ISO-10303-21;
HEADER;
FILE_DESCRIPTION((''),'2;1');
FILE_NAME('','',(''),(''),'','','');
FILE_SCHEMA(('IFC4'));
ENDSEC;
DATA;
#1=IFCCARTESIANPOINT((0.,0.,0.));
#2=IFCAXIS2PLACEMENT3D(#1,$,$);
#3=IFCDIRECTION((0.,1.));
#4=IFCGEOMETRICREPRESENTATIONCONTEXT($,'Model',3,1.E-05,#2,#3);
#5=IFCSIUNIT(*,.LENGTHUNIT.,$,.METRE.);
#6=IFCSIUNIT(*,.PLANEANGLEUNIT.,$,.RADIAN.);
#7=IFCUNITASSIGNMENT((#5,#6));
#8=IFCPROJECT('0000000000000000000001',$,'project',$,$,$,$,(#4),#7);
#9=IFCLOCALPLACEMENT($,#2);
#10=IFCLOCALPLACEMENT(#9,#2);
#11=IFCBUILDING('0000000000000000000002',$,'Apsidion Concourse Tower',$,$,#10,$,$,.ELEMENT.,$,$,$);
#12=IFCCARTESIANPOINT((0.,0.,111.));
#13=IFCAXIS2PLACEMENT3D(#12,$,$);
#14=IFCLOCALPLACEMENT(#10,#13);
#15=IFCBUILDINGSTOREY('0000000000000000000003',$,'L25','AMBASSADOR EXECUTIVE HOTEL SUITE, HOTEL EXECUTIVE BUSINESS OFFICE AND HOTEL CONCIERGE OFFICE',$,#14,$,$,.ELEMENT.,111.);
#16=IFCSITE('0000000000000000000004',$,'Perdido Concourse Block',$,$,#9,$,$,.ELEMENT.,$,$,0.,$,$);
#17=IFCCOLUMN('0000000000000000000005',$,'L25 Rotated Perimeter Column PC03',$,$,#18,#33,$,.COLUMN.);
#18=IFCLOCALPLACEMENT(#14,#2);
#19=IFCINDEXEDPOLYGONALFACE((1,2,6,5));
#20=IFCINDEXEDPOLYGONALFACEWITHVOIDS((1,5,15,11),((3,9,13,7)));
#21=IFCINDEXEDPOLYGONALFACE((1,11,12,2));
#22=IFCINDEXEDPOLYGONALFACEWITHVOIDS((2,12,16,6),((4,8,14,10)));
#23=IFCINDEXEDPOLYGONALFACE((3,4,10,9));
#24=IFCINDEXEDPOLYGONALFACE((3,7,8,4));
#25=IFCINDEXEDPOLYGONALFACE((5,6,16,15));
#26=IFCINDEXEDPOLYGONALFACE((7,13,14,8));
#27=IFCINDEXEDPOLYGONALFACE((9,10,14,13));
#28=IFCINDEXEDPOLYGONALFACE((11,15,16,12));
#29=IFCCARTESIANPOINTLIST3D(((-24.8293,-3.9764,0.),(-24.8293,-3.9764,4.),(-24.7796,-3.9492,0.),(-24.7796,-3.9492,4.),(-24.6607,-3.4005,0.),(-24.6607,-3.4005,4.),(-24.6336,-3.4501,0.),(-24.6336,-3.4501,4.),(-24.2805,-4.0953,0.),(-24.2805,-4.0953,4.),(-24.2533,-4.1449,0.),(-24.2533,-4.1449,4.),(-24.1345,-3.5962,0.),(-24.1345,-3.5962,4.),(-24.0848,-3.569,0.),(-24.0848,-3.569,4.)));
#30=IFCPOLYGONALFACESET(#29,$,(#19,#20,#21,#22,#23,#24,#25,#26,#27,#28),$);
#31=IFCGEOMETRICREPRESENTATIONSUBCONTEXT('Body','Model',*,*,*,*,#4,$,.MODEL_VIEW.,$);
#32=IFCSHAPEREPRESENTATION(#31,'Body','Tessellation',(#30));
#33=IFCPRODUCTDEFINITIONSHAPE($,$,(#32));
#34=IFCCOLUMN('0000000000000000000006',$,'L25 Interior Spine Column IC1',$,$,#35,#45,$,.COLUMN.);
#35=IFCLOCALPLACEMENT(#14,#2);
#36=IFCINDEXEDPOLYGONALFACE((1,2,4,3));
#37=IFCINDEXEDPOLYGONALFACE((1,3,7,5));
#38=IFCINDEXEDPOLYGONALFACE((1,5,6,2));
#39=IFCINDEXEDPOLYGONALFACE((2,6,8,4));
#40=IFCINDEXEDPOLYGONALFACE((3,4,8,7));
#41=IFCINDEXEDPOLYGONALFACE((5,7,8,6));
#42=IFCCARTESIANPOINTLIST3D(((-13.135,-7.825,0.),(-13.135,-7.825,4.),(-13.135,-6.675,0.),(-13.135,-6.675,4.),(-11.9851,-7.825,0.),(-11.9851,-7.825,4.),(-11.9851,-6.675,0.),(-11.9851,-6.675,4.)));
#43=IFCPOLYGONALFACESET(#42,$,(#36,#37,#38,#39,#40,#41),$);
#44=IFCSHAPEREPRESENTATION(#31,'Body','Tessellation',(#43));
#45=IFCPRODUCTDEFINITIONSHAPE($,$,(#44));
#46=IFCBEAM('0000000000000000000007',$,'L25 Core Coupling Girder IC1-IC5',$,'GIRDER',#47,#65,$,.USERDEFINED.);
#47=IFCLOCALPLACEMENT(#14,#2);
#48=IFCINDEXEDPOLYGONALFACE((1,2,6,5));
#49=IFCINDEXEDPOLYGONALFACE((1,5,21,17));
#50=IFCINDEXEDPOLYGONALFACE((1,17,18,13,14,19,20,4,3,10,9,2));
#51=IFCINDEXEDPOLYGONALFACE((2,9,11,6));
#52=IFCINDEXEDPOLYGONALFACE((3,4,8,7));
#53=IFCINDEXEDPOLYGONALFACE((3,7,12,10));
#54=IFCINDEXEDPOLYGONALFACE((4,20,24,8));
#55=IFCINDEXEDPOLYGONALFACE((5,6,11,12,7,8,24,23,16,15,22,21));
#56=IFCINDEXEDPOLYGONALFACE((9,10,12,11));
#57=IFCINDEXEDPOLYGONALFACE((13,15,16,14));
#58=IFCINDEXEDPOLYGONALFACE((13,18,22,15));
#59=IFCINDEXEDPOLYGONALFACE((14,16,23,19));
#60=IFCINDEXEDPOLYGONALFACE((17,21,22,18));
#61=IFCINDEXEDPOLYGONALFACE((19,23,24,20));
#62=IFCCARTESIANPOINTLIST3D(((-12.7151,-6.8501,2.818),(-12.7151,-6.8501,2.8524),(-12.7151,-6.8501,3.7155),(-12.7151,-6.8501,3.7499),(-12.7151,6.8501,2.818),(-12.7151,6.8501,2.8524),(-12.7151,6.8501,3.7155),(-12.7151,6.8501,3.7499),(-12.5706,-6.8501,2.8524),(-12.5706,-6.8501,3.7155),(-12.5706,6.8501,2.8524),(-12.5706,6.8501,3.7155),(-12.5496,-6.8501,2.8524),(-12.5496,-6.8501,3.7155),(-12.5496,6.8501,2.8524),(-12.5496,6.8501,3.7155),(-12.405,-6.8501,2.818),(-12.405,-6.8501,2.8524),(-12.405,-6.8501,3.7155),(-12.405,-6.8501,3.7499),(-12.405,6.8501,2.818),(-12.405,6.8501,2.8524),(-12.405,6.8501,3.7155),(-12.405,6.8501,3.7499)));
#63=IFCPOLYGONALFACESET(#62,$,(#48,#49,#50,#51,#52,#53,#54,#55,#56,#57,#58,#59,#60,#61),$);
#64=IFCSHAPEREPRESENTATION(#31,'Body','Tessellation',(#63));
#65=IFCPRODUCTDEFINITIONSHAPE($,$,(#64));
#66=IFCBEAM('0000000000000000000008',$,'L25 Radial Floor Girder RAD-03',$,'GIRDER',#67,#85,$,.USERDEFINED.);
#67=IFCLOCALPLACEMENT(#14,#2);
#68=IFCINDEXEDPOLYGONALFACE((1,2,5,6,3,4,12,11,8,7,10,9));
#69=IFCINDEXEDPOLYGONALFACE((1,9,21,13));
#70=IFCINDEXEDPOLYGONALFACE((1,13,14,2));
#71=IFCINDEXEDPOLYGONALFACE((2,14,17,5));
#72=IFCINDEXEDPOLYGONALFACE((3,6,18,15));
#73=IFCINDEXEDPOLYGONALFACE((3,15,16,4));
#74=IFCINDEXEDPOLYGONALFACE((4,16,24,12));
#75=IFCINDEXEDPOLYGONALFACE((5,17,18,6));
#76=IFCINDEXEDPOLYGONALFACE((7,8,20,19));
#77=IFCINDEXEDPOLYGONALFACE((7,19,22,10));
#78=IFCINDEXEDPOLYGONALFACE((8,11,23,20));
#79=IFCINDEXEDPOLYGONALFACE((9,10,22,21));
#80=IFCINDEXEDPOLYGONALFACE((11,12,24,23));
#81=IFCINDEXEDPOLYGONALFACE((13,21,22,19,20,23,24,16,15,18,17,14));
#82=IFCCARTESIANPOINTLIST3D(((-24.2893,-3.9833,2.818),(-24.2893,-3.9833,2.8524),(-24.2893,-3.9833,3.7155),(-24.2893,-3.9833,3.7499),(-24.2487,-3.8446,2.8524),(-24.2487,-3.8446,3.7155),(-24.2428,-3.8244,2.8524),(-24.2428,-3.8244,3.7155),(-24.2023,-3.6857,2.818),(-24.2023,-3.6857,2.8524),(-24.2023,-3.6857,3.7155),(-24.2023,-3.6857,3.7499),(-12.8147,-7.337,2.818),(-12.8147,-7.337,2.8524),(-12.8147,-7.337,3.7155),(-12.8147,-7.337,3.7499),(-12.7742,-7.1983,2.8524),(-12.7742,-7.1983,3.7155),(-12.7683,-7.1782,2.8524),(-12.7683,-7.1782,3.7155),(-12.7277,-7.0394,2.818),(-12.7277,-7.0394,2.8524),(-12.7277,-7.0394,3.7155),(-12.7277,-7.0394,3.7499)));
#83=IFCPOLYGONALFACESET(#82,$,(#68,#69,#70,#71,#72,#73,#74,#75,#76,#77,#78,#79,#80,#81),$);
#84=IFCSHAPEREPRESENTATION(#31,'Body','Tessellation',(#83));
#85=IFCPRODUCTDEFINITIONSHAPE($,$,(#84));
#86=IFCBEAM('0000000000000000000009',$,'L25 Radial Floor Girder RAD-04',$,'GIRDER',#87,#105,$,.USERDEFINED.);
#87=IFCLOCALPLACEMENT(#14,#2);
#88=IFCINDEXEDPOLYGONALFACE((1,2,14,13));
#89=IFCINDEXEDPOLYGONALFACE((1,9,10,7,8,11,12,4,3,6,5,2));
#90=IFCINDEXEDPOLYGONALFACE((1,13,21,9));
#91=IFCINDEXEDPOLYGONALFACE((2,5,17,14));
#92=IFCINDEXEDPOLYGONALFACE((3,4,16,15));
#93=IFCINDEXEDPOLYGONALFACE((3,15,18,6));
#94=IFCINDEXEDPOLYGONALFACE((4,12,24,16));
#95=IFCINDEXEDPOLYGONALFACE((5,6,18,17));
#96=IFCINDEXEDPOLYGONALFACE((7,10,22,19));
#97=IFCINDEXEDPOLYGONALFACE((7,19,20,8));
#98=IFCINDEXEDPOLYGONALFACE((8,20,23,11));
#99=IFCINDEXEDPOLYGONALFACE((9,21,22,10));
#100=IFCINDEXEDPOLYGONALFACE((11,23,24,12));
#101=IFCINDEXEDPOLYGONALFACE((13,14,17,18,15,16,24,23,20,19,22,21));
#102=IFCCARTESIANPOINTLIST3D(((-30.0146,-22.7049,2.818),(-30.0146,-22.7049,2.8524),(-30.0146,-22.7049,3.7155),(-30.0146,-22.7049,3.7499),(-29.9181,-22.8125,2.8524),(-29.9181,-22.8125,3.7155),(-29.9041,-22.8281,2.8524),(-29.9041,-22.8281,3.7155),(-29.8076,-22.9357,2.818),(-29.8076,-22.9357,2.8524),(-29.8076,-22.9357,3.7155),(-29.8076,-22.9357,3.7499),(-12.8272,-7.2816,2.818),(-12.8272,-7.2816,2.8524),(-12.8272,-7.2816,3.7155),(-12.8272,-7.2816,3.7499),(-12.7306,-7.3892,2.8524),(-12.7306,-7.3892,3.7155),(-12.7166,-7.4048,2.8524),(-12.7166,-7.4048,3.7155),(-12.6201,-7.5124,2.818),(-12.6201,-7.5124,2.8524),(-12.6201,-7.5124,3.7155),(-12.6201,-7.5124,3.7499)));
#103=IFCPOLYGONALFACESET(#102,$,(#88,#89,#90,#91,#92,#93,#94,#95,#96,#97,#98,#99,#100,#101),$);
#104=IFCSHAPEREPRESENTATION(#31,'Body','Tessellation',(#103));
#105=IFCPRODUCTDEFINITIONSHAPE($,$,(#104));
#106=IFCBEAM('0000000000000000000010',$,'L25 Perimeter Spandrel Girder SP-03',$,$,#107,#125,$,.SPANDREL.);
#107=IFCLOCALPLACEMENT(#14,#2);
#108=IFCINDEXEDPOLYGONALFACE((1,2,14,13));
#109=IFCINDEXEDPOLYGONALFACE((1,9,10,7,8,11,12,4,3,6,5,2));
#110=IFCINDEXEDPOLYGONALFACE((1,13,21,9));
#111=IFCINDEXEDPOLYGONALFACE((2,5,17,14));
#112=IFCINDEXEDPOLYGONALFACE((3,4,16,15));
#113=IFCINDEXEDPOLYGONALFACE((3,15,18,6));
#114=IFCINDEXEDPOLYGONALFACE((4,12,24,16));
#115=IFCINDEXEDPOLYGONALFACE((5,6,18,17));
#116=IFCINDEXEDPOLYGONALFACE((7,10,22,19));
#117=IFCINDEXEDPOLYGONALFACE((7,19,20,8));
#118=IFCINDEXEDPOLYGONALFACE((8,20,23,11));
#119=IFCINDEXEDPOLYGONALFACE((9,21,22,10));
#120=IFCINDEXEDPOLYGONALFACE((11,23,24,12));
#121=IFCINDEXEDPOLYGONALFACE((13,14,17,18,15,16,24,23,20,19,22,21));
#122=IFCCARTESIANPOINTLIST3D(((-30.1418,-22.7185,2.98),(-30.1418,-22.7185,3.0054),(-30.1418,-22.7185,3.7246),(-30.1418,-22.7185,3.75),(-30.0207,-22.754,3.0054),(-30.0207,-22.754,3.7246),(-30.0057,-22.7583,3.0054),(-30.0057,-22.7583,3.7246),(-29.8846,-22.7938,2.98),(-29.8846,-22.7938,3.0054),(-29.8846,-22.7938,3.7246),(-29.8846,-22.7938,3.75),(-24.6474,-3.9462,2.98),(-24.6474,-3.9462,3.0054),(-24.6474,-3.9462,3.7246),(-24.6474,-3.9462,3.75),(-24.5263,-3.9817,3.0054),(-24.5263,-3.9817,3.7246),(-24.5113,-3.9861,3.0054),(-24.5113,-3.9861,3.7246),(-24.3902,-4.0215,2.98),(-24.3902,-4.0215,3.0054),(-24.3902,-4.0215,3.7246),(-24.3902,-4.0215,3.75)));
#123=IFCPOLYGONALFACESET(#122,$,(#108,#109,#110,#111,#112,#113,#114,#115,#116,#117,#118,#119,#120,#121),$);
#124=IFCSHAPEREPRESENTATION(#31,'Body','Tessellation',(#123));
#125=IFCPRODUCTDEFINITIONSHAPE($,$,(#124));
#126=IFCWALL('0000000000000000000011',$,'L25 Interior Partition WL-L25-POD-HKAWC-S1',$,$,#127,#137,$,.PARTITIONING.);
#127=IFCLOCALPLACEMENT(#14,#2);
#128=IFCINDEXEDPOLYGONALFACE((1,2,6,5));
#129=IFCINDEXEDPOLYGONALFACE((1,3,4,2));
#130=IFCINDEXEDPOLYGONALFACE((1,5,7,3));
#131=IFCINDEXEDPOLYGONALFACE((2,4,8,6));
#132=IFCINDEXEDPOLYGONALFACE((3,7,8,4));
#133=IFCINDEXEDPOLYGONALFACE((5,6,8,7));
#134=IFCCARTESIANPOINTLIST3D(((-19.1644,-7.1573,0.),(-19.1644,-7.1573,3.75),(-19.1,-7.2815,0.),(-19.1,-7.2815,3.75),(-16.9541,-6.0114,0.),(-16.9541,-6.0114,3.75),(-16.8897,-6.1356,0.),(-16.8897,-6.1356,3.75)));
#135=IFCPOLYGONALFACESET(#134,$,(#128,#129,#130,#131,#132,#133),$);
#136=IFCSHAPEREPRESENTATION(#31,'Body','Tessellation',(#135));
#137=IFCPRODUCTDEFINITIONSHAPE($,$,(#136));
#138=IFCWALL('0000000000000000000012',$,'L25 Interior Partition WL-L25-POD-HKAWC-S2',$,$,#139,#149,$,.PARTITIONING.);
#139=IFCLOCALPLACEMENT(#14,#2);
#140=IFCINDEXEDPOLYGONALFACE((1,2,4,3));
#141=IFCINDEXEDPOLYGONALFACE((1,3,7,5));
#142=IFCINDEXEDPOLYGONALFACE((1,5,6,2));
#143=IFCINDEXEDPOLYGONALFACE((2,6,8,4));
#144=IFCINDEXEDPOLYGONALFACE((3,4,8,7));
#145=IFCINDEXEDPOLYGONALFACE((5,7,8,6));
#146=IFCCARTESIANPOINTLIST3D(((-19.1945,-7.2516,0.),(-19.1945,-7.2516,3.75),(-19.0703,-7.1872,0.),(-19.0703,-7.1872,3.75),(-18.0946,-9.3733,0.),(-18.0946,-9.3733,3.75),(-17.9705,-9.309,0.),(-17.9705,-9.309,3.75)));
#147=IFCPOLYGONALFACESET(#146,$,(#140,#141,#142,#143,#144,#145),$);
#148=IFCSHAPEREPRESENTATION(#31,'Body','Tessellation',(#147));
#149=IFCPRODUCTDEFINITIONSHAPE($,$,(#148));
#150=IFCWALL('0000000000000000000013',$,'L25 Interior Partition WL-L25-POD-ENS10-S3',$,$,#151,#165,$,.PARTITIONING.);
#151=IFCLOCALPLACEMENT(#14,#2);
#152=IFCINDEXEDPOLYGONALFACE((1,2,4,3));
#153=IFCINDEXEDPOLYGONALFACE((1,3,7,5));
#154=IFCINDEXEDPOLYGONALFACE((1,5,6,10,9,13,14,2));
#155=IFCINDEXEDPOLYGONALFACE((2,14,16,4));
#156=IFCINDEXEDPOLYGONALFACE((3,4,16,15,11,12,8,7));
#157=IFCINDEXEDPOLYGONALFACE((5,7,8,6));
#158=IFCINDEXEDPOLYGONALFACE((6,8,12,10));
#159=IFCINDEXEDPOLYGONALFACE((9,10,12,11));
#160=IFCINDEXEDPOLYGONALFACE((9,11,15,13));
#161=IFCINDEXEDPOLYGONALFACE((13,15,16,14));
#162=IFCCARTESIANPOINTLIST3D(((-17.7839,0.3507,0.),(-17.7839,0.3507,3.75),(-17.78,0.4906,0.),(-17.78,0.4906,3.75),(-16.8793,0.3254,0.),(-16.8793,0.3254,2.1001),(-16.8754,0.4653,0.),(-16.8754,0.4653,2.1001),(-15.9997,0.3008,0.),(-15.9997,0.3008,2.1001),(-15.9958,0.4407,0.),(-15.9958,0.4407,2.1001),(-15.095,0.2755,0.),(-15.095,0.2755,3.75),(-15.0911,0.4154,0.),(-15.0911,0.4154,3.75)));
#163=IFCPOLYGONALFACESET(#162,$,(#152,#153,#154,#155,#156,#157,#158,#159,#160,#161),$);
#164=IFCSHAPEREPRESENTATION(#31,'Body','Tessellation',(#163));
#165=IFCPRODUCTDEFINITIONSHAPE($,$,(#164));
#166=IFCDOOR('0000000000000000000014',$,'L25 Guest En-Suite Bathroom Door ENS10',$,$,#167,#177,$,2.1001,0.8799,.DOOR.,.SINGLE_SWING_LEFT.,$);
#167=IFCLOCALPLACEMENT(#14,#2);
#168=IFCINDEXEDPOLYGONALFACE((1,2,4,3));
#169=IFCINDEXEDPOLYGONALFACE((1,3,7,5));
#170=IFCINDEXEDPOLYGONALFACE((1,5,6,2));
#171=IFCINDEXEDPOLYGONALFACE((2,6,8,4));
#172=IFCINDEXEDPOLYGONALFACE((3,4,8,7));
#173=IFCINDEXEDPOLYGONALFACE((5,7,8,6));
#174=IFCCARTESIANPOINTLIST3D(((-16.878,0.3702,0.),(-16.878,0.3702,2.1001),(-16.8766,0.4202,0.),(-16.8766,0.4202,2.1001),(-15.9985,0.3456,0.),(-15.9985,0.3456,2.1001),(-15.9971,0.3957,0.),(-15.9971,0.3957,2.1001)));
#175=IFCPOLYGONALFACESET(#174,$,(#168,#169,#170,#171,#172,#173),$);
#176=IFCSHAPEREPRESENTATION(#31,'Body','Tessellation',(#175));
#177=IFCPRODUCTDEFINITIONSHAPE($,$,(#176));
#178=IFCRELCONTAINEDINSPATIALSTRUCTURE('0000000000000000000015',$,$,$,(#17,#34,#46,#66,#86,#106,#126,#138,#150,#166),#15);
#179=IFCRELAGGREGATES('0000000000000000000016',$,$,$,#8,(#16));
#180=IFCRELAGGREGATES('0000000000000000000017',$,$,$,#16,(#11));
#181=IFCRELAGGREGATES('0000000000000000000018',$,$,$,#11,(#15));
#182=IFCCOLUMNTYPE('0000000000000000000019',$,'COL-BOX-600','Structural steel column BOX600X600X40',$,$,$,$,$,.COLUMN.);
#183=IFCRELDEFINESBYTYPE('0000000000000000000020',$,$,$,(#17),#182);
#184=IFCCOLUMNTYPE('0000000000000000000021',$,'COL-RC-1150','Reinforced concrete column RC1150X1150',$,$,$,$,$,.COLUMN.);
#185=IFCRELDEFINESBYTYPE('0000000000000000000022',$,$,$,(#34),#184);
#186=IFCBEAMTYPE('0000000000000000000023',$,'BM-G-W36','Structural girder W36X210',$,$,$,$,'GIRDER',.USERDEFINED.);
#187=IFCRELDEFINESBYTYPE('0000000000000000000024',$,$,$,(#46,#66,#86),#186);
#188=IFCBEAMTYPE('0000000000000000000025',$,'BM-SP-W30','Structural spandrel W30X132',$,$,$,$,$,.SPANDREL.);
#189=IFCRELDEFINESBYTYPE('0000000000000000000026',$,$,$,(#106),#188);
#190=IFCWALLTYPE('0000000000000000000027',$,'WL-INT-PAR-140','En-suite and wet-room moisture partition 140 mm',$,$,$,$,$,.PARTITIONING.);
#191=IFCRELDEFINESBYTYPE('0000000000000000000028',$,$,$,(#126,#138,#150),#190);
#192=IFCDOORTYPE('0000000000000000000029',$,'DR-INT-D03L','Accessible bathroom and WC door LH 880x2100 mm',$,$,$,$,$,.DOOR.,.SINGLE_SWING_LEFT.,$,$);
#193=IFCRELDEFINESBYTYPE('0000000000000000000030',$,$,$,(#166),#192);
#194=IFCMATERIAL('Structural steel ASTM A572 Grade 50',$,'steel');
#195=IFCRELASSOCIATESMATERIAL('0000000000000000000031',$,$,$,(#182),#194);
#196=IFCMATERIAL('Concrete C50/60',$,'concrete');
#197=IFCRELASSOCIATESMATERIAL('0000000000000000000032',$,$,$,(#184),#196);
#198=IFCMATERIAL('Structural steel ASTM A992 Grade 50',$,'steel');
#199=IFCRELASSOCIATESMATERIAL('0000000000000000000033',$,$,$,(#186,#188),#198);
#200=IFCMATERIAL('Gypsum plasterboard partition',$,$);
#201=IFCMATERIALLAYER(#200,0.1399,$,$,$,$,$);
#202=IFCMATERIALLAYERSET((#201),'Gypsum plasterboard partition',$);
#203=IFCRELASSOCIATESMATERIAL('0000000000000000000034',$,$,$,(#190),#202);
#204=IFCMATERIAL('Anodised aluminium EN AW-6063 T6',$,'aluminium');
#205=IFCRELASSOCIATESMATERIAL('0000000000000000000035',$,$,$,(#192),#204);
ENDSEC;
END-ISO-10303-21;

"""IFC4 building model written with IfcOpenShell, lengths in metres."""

from ifc_helpers import new_model, si_unit, direction, frame, frame_2d, origin, origin_2d, place, context, subcontext, project, spatial, rectangle, hollow_rectangle, i_section, extrude, material, layer, layer_set, material_profile, profile_set, type_object, element, fill, save


model = new_model("IFC4")

# Units and contexts
model_context = context("Model", 3, precision=1e-05, world=origin(), true_north=direction((0.0, 1.0)))
body_context = subcontext(model_context, "Body", "Model", "MODEL_VIEW")
ifc_project = project(units=[si_unit("LENGTHUNIT", "METRE"), si_unit("PLANEANGLEUNIT", "RADIAN")], contexts=[model_context])

# Site, building, storey
site_placement = place(None, origin())
site = spatial("IfcSite", under=ifc_project, at=site_placement, Name="Perdido Concourse Block", CompositionType="ELEMENT", RefElevation=0.0)
building_placement = place(site_placement, origin())
building = spatial("IfcBuilding", under=site, at=building_placement, Name="Apsidion Concourse Tower", CompositionType="ELEMENT")
storey_placement = place(building_placement, frame((0.0, 0.0, 111.0)))
storey = spatial("IfcBuildingStorey", under=building, at=storey_placement, Name="L25", Description="AMBASSADOR EXECUTIVE HOTEL SUITE, HOTEL EXECUTIVE BUSINESS OFFICE AND HOTEL CONCIERGE OFFICE", CompositionType="ELEMENT", Elevation=111.0)

# Columns
ifc_material_1 = material(Name="Structural steel ASTM A572 Grade 50", Category="steel")
ifc_material_profile_1 = material_profile(ifc_material_1, hollow_rectangle(XDim=0.6001, YDim=0.6001, WallThickness=0.04, at=origin_2d()), Name="BOX600X600X40")
ifc_profile_set_1 = profile_set([ifc_material_profile_1], Name="Structural steel ASTM A572 Grade 50")
column_type_1 = type_object("IfcColumnType", Name="COL-BOX-600", Description="Structural steel column BOX600X600X40", PredefinedType="COLUMN", material=ifc_profile_set_1)
column_1_placement = place(storey_placement, frame((-24.457, -3.7727, 0.0), z_axis=(0.0, 0.0, 1.0), x_axis=(0.280834, 0.959756, 0.0)))
element("IfcColumn", 1, at=column_1_placement, inside=storey, type_object=column_type_1, Name="L25 Rotated Perimeter Column PC03", PredefinedType="COLUMN", context=body_context, shape_type="SweptSolid", body=[
    extrude(hollow_rectangle(XDim=0.6001, YDim=0.6001, WallThickness=0.04, at=origin_2d()), origin(), (0.0, 0.0, 1.0), 4.0),
])
ifc_material_2 = material(Name="Concrete C50/60", Category="concrete")
ifc_material_profile_2 = material_profile(ifc_material_2, rectangle(XDim=1.1499, YDim=1.1499, at=origin_2d()), Name="RC 1150x1150")
ifc_profile_set_2 = profile_set([ifc_material_profile_2], Name="Concrete C50/60")
column_type_2 = type_object("IfcColumnType", Name="COL-RC-1150", Description="Reinforced concrete column RC1150X1150", PredefinedType="COLUMN", material=ifc_profile_set_2)
column_2_placement = place(storey_placement, frame((-12.5601, -7.25, 0.0), z_axis=(0.0, 0.0, 1.0), x_axis=(1.0, 0.0, 0.0)))
element("IfcColumn", 2, at=column_2_placement, inside=storey, type_object=column_type_2, Name="L25 Interior Spine Column IC1", PredefinedType="COLUMN", context=body_context, shape_type="SweptSolid", body=[
    extrude(rectangle(XDim=1.1499, YDim=1.1499, at=origin_2d()), origin(), (0.0, 0.0, 1.0), 4.0),
])

# Beams
ifc_material_3 = material(Name="Structural steel ASTM A992 Grade 50", Category="steel")
ifc_material_profile_3 = material_profile(ifc_material_3, i_section(OverallWidth=0.3101, OverallDepth=0.9319, WebThickness=0.021, FlangeThickness=0.0344, at=origin_2d()), Name="W36X210")
ifc_profile_set_3 = profile_set([ifc_material_profile_3], Name="Structural steel ASTM A992 Grade 50")
beam_type_1 = type_object("IfcBeamType", Name="BM-G-W36", Description="Structural girder W36X210", ElementType="GIRDER", PredefinedType="USERDEFINED", material=ifc_profile_set_3)
beam_1_placement = place(storey_placement, frame((-12.5601, -6.8501, 3.2839), z_axis=(0.0, 1.0, 0.0), x_axis=(-1.0, 0.0, 0.0)))
element("IfcBeam", 3, at=beam_1_placement, inside=storey, type_object=beam_type_1, Name="L25 Core Coupling Girder IC1-IC5", ObjectType="GIRDER", PredefinedType="USERDEFINED", context=body_context, shape_type="SweptSolid", body=[
    extrude(i_section(OverallWidth=0.3101, OverallDepth=0.9319, WebThickness=0.021, FlangeThickness=0.0344, at=origin_2d()), origin(), (0.0, 0.0, 1.0), 13.7002),
])
beam_2_placement = place(storey_placement, frame((-12.7712, -7.1882, 3.2839), z_axis=(-0.959842, 0.280539, 0.0), x_axis=(-0.280539, -0.959842, 0.0)))
element("IfcBeam", 4, at=beam_2_placement, inside=storey, type_object=beam_type_1, Name="L25 Radial Floor Girder RAD-03", ObjectType="GIRDER", PredefinedType="USERDEFINED", context=body_context, shape_type="SweptSolid", body=[
    extrude(i_section(OverallWidth=0.3101, OverallDepth=0.9319, WebThickness=0.021, FlangeThickness=0.0344, at=origin_2d()), origin(), (0.0, 0.0, 1.0), 11.9546),
])
beam_3_placement = place(storey_placement, frame((-12.7236, -7.397, 3.2839), z_axis=(-0.744271, -0.667878, 0.0), x_axis=(0.667878, -0.744271, 0.0)))
element("IfcBeam", 5, at=beam_3_placement, inside=storey, type_object=beam_type_1, Name="L25 Radial Floor Girder RAD-04", ObjectType="GIRDER", PredefinedType="USERDEFINED", context=body_context, shape_type="SweptSolid", body=[
    extrude(i_section(OverallWidth=0.3101, OverallDepth=0.9319, WebThickness=0.021, FlangeThickness=0.0344, at=origin_2d()), origin(), (0.0, 0.0, 1.0), 23.093),
])
ifc_material_profile_4 = material_profile(ifc_material_3, i_section(OverallWidth=0.2681, OverallDepth=0.77, WebThickness=0.0156, FlangeThickness=0.0254, at=origin_2d()), Name="W30X132")
ifc_profile_set_4 = profile_set([ifc_material_profile_4], Name="Structural steel ASTM A992 Grade 50")
beam_type_2 = type_object("IfcBeamType", Name="BM-SP-W30", Description="Structural spandrel W30X132", PredefinedType="SPANDREL", material=ifc_profile_set_4)
beam_4_placement = place(storey_placement, frame((-24.5188, -3.9839, 3.365), z_axis=(-0.280902, -0.959736, 0.0), x_axis=(0.959736, -0.280902, 0.0)))
element("IfcBeam", 6, at=beam_4_placement, inside=storey, type_object=beam_type_2, Name="L25 Perimeter Spandrel Girder SP-03", PredefinedType="SPANDREL", context=body_context, shape_type="SweptSolid", body=[
    extrude(i_section(OverallWidth=0.2681, OverallDepth=0.77, WebThickness=0.0156, FlangeThickness=0.0254, at=origin_2d()), origin(), (0.0, 0.0, 1.0), 19.5598),
])

# Walls
ifc_material_4 = material(Name="Gypsum plasterboard partition")
ifc_layer_1 = layer(ifc_material_4, 0.1399)
ifc_layer_set_1 = layer_set([ifc_layer_1], Name="Gypsum plasterboard partition")
wall_type_1 = type_object("IfcWallType", Name="WL-INT-PAR-140", Description="En-suite and wet-room moisture partition 140 mm", PredefinedType="PARTITIONING", material=ifc_layer_set_1)
wall_1_placement = place(storey_placement, frame((-16.9219, -6.0735, 0.0), z_axis=(0.0, 0.0, 1.0), x_axis=(-0.887781, -0.460266, 0.0)))
element("IfcWall", 7, at=wall_1_placement, inside=storey, type_object=wall_type_1, Name="L25 Interior Partition WL-L25-POD-HKAWC-S1", PredefinedType="PARTITIONING", context=body_context, shape_type="SweptSolid", body=[
    extrude(rectangle(XDim=2.4897, YDim=0.1399, at=frame_2d((1.2449, 0.0))), origin(), (0.0, 0.0, 1.0), 3.75),
])
wall_2_placement = place(storey_placement, frame((-19.1323, -7.2195, 0.0), z_axis=(0.0, 0.0, 1.0), x_axis=(0.460201, -0.887815, 0.0)))
element("IfcWall", 8, at=wall_2_placement, inside=storey, type_object=wall_type_1, Name="L25 Interior Partition WL-L25-POD-HKAWC-S2", PredefinedType="PARTITIONING", context=body_context, shape_type="SweptSolid", body=[
    extrude(rectangle(XDim=2.3899, YDim=0.1399, at=frame_2d((1.1948, 0.0))), origin(), (0.0, 0.0, 1.0), 3.75),
])

# Wall, opening, door
wall_3_placement = place(storey_placement, frame((-17.782, 0.4207, 0.0), z_axis=(0.0, 0.0, 1.0), x_axis=(0.999609, -0.027953, 0.0)))
wall_3 = element("IfcWall", 9, at=wall_3_placement, inside=storey, type_object=wall_type_1, Name="L25 Interior Partition WL-L25-POD-ENS10-S3", PredefinedType="PARTITIONING", context=body_context, shape_type="SweptSolid", body=[
    extrude(rectangle(XDim=2.6899, YDim=0.1399, at=frame_2d((1.345, 0.0))), origin(), (0.0, 0.0, 1.0), 3.75),
])
opening_1_placement = place(wall_3_placement, frame((0.905, 0.0, 0.0)))
opening_1 = element("IfcOpeningElement", 10, at=opening_1_placement, cuts=wall_3, PredefinedType="OPENING", context=body_context, shape_type="SweptSolid", body=[
    extrude(rectangle(XDim=0.8799, YDim=2.1001, at=frame_2d((0.4399, 1.05))), frame((0.0, 0.0801, 0.0), z_axis=(0.0, -1.0, 0.0), x_axis=(1.0, 0.0, 0.0)), (0.0, 0.0, 1.0), 0.1599),
])
ifc_material_5 = material(Name="Anodised aluminium EN AW-6063 T6", Category="aluminium")
door_type_1 = type_object("IfcDoorType", Name="DR-INT-D03L", Description="Accessible bathroom and WC door LH 880x2100 mm", OperationType="SINGLE_SWING_LEFT", PredefinedType="DOOR", material=ifc_material_5)
door_1_placement = place(opening_1_placement, origin())
door_1 = element("IfcDoor", 11, at=door_1_placement, inside=storey, type_object=door_type_1, Name="L25 Guest En-Suite Bathroom Door ENS10", OperationType="SINGLE_SWING_LEFT", OverallHeight=2.1001, OverallWidth=0.8799, PredefinedType="DOOR", context=body_context, shape_type="SweptSolid", body=[
    extrude(rectangle(XDim=0.8799, YDim=2.1001, at=frame_2d((0.4399, 1.05))), frame((0.0, 0.0249, 0.0), z_axis=(0.0, -1.0, 0.0), x_axis=(1.0, 0.0, 0.0)), (0.0, 0.0, 1.0), 0.05),
])
fill(opening_1, door_1)

save(model, "model.ifc")
